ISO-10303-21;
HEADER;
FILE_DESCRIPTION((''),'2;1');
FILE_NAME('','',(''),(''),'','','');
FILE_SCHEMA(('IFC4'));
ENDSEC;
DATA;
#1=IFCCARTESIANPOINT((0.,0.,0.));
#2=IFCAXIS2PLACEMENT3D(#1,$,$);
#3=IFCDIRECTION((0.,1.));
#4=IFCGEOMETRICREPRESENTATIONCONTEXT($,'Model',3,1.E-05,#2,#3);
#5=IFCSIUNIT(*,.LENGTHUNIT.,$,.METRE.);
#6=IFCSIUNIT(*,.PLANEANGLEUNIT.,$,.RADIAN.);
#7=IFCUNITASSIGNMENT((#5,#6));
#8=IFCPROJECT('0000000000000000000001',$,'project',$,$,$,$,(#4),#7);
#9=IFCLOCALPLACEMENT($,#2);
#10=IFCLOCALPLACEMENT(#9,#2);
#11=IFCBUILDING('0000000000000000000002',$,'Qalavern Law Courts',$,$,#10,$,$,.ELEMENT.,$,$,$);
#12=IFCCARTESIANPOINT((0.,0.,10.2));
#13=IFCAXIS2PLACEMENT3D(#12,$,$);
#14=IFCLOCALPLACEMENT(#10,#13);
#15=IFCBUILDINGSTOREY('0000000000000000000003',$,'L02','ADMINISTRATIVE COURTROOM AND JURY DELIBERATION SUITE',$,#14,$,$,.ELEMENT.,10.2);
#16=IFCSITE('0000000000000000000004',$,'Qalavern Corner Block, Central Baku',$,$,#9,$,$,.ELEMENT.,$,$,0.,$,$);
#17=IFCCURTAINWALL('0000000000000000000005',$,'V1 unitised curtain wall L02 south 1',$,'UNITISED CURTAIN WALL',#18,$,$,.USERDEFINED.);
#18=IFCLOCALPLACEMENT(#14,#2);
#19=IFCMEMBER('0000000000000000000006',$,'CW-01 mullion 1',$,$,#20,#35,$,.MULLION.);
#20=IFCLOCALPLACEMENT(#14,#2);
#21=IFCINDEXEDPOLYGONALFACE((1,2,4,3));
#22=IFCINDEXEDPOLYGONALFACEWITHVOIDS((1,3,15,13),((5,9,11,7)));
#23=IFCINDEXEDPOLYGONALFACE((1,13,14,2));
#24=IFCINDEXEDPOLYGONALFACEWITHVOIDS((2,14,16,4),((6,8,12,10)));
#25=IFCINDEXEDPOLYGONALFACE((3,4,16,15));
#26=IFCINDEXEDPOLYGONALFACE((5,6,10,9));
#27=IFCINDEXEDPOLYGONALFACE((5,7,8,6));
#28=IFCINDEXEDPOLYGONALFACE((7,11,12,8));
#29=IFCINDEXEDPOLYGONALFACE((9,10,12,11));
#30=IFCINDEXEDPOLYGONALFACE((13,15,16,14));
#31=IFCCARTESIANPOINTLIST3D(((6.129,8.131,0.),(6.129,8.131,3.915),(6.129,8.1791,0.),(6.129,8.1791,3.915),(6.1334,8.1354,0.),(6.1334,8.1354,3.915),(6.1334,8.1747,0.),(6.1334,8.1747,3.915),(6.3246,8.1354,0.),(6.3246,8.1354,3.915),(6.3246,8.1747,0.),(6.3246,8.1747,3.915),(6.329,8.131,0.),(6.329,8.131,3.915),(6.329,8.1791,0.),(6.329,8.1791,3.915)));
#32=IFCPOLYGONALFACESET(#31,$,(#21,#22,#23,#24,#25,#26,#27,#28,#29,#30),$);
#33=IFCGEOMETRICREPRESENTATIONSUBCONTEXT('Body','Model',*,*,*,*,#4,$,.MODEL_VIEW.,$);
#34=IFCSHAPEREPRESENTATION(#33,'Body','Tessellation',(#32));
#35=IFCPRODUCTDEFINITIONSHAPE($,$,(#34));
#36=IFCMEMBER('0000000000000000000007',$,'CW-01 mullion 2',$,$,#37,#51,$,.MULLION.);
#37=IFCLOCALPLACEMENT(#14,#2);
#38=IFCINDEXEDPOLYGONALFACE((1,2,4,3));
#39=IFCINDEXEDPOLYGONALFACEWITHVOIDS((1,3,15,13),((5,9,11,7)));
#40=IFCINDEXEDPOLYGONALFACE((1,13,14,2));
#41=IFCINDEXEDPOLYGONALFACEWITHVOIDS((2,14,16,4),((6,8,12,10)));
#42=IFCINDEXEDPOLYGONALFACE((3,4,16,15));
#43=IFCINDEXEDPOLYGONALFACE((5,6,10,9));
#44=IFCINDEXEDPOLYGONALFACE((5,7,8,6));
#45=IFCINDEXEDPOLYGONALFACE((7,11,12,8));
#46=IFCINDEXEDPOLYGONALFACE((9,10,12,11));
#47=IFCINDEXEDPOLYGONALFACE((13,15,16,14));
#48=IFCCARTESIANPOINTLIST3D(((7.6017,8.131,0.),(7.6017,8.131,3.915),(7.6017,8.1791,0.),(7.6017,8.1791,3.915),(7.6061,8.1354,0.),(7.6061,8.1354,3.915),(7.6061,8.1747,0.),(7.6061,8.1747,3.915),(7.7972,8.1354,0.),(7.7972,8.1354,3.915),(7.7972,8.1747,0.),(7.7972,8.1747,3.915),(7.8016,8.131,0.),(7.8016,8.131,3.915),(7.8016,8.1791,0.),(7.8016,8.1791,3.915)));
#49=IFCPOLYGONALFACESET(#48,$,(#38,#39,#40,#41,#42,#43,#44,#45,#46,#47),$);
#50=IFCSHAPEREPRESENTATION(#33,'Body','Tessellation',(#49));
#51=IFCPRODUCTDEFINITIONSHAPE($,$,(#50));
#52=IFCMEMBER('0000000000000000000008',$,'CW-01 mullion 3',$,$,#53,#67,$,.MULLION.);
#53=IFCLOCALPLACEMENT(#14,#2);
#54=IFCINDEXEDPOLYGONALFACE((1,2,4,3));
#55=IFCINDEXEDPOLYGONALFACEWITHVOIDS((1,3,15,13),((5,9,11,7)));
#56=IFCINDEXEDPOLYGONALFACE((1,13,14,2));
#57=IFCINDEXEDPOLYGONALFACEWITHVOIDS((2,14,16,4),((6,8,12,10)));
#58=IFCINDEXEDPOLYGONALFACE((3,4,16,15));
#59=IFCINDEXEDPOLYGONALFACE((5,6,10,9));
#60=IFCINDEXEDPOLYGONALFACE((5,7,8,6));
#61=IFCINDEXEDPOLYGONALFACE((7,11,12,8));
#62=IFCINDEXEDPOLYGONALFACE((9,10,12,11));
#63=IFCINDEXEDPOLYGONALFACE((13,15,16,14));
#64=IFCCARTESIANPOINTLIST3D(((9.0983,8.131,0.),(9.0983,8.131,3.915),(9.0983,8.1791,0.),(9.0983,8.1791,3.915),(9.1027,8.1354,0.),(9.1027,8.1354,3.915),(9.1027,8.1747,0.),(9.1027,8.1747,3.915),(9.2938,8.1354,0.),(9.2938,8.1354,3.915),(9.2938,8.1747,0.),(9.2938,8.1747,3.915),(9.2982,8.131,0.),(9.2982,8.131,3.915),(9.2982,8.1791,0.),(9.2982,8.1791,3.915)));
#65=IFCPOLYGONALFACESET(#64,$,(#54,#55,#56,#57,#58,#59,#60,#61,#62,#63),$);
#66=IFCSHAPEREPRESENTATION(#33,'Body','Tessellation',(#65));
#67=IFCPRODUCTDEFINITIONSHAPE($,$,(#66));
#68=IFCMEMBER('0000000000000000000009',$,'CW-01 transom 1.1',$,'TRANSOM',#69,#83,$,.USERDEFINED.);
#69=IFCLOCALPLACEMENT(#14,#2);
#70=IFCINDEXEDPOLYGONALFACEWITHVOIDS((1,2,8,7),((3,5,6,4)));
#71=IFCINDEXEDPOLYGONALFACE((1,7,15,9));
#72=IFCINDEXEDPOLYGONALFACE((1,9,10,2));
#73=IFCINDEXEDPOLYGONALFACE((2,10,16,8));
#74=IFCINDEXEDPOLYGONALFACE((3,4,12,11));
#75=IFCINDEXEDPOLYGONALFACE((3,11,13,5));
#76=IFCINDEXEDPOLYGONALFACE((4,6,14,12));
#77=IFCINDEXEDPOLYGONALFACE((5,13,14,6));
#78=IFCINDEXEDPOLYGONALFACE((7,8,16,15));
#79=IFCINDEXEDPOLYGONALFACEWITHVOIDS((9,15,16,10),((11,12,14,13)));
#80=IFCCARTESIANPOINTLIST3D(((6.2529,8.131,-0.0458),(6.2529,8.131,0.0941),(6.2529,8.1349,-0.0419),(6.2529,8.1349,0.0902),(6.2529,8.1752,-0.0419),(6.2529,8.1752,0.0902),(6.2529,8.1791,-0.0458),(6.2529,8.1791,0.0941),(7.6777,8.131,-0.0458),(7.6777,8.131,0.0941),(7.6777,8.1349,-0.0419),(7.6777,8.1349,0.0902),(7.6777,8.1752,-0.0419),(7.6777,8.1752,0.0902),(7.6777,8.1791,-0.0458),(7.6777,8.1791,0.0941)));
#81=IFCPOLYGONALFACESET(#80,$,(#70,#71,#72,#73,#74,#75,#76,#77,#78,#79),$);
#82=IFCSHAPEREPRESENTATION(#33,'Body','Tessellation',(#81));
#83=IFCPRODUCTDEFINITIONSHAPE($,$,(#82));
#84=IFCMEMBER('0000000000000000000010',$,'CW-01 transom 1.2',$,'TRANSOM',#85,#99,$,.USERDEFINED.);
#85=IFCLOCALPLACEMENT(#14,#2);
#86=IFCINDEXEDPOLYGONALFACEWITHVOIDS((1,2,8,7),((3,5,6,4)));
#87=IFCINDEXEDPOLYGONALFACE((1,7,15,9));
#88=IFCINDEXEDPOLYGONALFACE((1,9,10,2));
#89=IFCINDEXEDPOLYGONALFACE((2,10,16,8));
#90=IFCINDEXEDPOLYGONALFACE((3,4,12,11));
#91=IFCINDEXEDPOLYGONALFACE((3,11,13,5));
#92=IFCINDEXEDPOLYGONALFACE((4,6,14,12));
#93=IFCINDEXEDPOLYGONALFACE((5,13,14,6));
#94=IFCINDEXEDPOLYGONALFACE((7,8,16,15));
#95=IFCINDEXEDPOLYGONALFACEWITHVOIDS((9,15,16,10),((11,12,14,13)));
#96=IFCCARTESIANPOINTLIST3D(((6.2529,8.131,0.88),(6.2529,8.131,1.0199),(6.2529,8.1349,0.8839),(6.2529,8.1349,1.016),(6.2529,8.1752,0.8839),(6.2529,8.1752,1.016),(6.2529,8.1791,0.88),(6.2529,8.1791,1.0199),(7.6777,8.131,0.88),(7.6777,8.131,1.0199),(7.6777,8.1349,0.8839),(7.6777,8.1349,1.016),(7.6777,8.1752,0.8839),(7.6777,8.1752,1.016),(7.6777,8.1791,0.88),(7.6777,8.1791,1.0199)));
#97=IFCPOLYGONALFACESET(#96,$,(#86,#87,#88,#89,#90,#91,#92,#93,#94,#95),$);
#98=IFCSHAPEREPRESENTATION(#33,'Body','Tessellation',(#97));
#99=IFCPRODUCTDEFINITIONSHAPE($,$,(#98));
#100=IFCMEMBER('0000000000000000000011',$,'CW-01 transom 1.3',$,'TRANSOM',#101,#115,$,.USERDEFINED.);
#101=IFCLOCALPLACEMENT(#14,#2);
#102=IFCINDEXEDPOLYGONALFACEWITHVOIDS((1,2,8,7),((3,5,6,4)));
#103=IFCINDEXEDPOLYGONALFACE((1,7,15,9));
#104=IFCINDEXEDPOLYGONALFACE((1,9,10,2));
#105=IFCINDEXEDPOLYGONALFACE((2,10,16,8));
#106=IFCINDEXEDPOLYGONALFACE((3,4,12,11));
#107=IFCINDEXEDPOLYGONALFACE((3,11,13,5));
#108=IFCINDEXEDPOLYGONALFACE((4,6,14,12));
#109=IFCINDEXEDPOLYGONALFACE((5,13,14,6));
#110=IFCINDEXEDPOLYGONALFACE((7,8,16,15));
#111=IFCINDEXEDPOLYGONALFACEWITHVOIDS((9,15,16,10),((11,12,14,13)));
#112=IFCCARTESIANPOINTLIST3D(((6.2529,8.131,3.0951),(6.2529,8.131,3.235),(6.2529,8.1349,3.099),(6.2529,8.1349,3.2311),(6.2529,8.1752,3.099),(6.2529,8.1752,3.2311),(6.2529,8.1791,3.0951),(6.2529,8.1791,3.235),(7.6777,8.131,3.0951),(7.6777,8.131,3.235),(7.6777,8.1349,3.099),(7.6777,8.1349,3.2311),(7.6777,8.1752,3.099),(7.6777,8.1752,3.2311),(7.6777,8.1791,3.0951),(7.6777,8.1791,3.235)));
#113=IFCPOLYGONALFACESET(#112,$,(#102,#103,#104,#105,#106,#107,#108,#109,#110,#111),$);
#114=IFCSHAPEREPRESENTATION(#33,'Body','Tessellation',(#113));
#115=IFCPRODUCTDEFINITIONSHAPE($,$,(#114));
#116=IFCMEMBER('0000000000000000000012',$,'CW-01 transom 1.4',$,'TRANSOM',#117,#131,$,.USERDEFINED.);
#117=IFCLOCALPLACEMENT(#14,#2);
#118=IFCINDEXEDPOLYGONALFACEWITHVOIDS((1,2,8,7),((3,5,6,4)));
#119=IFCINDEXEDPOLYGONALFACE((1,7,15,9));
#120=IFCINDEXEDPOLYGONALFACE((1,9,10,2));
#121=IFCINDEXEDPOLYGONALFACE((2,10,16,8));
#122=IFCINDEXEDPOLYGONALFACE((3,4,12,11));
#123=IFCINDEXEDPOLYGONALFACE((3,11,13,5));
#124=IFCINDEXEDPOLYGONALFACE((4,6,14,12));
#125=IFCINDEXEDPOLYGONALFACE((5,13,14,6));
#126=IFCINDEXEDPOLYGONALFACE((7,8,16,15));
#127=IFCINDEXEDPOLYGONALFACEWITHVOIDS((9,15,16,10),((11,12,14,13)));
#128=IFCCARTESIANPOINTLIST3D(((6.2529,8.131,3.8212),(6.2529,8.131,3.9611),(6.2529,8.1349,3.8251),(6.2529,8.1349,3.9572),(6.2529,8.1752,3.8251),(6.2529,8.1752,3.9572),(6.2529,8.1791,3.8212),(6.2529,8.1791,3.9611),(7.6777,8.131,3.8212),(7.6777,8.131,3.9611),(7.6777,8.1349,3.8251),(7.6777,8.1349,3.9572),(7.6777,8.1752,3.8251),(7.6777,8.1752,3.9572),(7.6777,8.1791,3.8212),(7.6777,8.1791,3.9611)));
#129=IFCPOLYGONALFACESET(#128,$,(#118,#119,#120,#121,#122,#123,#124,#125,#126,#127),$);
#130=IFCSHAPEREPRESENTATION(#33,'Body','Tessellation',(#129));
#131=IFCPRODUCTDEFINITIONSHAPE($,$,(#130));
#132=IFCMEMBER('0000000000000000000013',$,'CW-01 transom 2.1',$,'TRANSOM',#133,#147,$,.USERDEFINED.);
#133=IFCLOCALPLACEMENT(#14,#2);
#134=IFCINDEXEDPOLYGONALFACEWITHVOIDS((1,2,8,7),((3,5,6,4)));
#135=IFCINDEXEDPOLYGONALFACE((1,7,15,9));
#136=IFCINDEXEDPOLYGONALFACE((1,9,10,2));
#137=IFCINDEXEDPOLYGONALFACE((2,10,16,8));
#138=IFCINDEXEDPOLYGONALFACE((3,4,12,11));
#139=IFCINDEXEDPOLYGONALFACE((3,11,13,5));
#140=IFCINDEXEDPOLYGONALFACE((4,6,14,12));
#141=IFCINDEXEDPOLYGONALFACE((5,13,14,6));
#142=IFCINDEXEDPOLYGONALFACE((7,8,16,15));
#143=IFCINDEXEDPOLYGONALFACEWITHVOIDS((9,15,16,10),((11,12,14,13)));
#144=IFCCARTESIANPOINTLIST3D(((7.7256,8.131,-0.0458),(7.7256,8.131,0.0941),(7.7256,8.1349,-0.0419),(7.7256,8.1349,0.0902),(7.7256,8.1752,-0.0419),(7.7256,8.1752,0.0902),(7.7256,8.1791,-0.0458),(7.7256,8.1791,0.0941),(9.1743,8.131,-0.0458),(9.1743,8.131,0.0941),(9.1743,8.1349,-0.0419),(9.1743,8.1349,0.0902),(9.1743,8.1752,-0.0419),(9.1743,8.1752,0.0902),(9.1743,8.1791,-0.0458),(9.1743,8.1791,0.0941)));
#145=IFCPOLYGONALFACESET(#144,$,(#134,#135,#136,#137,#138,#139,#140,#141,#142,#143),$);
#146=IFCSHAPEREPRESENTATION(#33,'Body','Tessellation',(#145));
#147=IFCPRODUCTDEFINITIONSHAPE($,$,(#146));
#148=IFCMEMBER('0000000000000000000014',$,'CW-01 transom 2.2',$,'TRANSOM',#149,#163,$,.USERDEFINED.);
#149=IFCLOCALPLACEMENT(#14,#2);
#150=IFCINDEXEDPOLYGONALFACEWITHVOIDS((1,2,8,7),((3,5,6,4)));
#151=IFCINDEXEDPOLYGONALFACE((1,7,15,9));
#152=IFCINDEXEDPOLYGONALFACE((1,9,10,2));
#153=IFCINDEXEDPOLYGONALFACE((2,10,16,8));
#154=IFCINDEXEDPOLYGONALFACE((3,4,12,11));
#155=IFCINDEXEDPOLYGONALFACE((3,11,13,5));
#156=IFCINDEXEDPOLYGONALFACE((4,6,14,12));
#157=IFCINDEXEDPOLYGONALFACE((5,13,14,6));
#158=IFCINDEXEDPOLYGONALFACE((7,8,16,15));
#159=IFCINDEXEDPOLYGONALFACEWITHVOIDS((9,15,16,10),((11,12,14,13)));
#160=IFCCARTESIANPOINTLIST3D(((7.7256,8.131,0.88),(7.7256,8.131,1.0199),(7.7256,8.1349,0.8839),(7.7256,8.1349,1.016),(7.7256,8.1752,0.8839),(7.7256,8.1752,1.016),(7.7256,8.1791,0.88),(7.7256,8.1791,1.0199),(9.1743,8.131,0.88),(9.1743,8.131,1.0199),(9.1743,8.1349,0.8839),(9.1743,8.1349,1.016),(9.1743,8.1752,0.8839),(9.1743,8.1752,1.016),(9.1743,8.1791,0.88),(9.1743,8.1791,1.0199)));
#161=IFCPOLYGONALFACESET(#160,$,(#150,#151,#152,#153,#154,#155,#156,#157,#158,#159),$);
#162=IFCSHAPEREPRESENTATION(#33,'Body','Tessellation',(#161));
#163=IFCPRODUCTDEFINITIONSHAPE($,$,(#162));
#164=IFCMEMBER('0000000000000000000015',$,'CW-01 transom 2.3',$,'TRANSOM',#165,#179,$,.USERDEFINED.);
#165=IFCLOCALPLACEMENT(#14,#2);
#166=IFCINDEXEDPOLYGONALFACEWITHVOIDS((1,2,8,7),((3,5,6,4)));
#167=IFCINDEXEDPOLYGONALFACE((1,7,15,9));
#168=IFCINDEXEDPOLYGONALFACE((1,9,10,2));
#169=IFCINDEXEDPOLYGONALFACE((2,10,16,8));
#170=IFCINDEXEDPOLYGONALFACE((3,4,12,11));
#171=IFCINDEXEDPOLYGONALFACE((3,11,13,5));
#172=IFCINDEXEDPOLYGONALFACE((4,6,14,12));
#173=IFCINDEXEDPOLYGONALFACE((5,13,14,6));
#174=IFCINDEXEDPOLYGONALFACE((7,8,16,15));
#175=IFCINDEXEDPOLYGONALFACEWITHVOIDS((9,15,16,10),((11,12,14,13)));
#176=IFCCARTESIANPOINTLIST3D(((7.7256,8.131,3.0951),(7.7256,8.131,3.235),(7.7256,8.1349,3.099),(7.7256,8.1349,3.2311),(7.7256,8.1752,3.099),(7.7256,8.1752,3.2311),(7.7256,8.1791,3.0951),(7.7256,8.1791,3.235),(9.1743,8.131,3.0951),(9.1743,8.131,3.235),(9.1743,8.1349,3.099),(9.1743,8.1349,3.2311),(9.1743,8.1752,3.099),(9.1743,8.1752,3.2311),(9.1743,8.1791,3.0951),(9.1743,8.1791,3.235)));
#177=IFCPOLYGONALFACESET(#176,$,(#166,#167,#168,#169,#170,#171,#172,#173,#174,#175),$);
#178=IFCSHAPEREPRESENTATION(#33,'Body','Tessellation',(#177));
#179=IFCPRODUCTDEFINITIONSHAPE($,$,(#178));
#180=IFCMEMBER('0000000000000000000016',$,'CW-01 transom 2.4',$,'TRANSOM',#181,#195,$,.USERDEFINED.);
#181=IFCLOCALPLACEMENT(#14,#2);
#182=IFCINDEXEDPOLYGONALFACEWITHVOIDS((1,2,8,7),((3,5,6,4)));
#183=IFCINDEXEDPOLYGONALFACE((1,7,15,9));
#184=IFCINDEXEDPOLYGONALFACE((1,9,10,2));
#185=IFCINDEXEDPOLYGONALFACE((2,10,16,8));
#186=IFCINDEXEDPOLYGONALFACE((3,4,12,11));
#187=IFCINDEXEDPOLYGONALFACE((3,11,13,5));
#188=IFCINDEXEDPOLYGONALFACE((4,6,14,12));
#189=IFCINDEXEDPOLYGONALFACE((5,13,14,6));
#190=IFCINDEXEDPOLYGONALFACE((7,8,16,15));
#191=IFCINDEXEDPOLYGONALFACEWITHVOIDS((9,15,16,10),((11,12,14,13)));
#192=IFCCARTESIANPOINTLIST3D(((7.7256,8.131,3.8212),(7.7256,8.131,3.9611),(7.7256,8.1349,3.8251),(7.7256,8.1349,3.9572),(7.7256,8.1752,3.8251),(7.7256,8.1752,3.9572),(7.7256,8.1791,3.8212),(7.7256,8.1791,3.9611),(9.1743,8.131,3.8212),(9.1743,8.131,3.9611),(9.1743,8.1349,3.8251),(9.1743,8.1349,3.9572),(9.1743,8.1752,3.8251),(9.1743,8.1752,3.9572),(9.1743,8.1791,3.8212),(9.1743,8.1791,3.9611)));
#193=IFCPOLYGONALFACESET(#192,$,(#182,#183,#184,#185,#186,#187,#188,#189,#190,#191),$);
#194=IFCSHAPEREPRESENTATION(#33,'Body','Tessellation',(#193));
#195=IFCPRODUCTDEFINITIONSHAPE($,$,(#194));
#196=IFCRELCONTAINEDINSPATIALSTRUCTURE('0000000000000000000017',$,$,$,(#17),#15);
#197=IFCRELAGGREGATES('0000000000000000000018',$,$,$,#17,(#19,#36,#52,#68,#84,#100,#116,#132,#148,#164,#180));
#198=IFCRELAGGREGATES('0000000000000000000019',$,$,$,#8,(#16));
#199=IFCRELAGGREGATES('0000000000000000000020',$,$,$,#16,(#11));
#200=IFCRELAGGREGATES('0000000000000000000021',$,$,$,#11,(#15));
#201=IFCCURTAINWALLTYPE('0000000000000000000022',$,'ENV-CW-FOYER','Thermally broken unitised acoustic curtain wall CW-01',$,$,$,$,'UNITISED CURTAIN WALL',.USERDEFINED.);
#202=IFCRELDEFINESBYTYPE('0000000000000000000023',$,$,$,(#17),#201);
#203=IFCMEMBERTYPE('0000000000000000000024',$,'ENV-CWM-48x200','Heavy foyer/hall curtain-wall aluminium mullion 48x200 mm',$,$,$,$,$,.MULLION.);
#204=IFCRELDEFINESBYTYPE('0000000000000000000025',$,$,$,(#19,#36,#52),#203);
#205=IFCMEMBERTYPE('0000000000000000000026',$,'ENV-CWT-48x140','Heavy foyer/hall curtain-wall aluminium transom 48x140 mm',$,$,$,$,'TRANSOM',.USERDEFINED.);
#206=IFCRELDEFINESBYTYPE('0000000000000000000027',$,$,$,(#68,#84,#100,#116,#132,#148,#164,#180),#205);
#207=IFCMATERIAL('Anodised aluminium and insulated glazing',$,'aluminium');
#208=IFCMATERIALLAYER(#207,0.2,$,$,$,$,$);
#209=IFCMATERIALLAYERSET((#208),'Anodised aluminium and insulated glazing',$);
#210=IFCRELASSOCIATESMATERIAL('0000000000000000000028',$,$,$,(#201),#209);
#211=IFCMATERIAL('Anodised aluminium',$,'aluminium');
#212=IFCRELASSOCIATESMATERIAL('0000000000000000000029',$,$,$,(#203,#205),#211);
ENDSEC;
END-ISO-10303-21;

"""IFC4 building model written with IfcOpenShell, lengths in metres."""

from ifc_helpers import new_model, si_unit, direction, frame, origin, origin_2d, place, context, subcontext, project, spatial, hollow_rectangle, extrude, material, layer, layer_set, material_profile, profile_set, type_object, element, aggregate, save


model = new_model("IFC4")

# Units and contexts
model_context = context("Model", 3, precision=1e-05, world=origin(), true_north=direction((0.0, 1.0)))
body_context = subcontext(model_context, "Body", "Model", "MODEL_VIEW")
ifc_project = project(units=[si_unit("LENGTHUNIT", "METRE"), si_unit("PLANEANGLEUNIT", "RADIAN")], contexts=[model_context])

# Site, building, storey
site_placement = place(None, origin())
site = spatial("IfcSite", under=ifc_project, at=site_placement, Name="Qalavern Corner Block, Central Baku", CompositionType="ELEMENT", RefElevation=0.0)
building_placement = place(site_placement, origin())
building = spatial("IfcBuilding", under=site, at=building_placement, Name="Qalavern Law Courts", CompositionType="ELEMENT")
storey_placement = place(building_placement, frame((0.0, 0.0, 10.2)))
storey = spatial("IfcBuildingStorey", under=building, at=storey_placement, Name="L02", Description="ADMINISTRATIVE COURTROOM AND JURY DELIBERATION SUITE", CompositionType="ELEMENT", Elevation=10.2)

# Curtain wall, members
ifc_material_1 = material(Name="Anodised aluminium and insulated glazing", Category="aluminium")
ifc_layer_1 = layer(ifc_material_1, 0.2)
ifc_layer_set_1 = layer_set([ifc_layer_1], Name="Anodised aluminium and insulated glazing")
curtain_wall_type = type_object("IfcCurtainWallType", Name="ENV-CW-FOYER", Description="Thermally broken unitised acoustic curtain wall CW-01", ElementType="UNITISED CURTAIN WALL", PredefinedType="USERDEFINED", material=ifc_layer_set_1)
curtain_wall_placement = place(storey_placement, origin())
curtain_wall = element("IfcCurtainWall", 1, at=curtain_wall_placement, inside=storey, type_object=curtain_wall_type, Name="V1 unitised curtain wall L02 south 1", ObjectType="UNITISED CURTAIN WALL", PredefinedType="USERDEFINED")
ifc_material_2 = material(Name="Anodised aluminium", Category="aluminium")
ifc_material_profile_1 = material_profile(ifc_material_2, hollow_rectangle(XDim=0.0481, YDim=0.2, WallThickness=0.0044, at=origin_2d()), Name="ALU MULLION 48x200")
ifc_profile_set_1 = profile_set([ifc_material_profile_1], Name="Anodised aluminium")
member_type_1 = type_object("IfcMemberType", Name="ENV-CWM-48x200", Description="Heavy foyer/hall curtain-wall aluminium mullion 48x200 mm", PredefinedType="MULLION", material=ifc_profile_set_1)
member_1_placement = place(storey_placement, frame((6.229, 8.155, 0.0), z_axis=(0.0, 0.0, 1.0), x_axis=(0.0, 1.0, 0.0)))
member_1 = element("IfcMember", 2, at=member_1_placement, type_object=member_type_1, Name="CW-01 mullion 1", PredefinedType="MULLION", context=body_context, shape_type="SweptSolid", body=[
    extrude(hollow_rectangle(XDim=0.0481, YDim=0.2, WallThickness=0.0044, at=origin_2d()), origin(), (0.0, 0.0, 1.0), 3.915),
])
member_2_placement = place(storey_placement, frame((7.7017, 8.155, 0.0), z_axis=(0.0, 0.0, 1.0), x_axis=(0.0, 1.0, 0.0)))
member_2 = element("IfcMember", 3, at=member_2_placement, type_object=member_type_1, Name="CW-01 mullion 2", PredefinedType="MULLION", context=body_context, shape_type="SweptSolid", body=[
    extrude(hollow_rectangle(XDim=0.0481, YDim=0.2, WallThickness=0.0044, at=origin_2d()), origin(), (0.0, 0.0, 1.0), 3.915),
])
member_3_placement = place(storey_placement, frame((9.1982, 8.155, 0.0), z_axis=(0.0, 0.0, 1.0), x_axis=(0.0, 1.0, 0.0)))
member_3 = element("IfcMember", 4, at=member_3_placement, type_object=member_type_1, Name="CW-01 mullion 3", PredefinedType="MULLION", context=body_context, shape_type="SweptSolid", body=[
    extrude(hollow_rectangle(XDim=0.0481, YDim=0.2, WallThickness=0.0044, at=origin_2d()), origin(), (0.0, 0.0, 1.0), 3.915),
])
ifc_material_profile_2 = material_profile(ifc_material_2, hollow_rectangle(XDim=0.0481, YDim=0.1399, WallThickness=0.0039, at=origin_2d()), Name="ALU TRANSOM 48x140")
ifc_profile_set_2 = profile_set([ifc_material_profile_2], Name="Anodised aluminium")
member_type_2 = type_object("IfcMemberType", Name="ENV-CWT-48x140", Description="Heavy foyer/hall curtain-wall aluminium transom 48x140 mm", ElementType="TRANSOM", PredefinedType="USERDEFINED", material=ifc_profile_set_2)
member_4_placement = place(storey_placement, frame((6.2529, 8.155, 0.0242), z_axis=(1.0, 0.0, 0.0), x_axis=(0.0, 1.0, 0.0)))
member_4 = element("IfcMember", 5, at=member_4_placement, type_object=member_type_2, Name="CW-01 transom 1.1", ObjectType="TRANSOM", PredefinedType="USERDEFINED", context=body_context, shape_type="SweptSolid", body=[
    extrude(hollow_rectangle(XDim=0.0481, YDim=0.1399, WallThickness=0.0039, at=origin_2d()), origin(), (0.0, 0.0, 1.0), 1.4248),
])
member_5_placement = place(storey_placement, frame((6.2529, 8.155, 0.95), z_axis=(1.0, 0.0, 0.0), x_axis=(0.0, 1.0, 0.0)))
member_5 = element("IfcMember", 6, at=member_5_placement, type_object=member_type_2, Name="CW-01 transom 1.2", ObjectType="TRANSOM", PredefinedType="USERDEFINED", context=body_context, shape_type="SweptSolid", body=[
    extrude(hollow_rectangle(XDim=0.0481, YDim=0.1399, WallThickness=0.0039, at=origin_2d()), origin(), (0.0, 0.0, 1.0), 1.4248),
])
member_6_placement = place(storey_placement, frame((6.2529, 8.155, 3.165), z_axis=(1.0, 0.0, 0.0), x_axis=(0.0, 1.0, 0.0)))
member_6 = element("IfcMember", 7, at=member_6_placement, type_object=member_type_2, Name="CW-01 transom 1.3", ObjectType="TRANSOM", PredefinedType="USERDEFINED", context=body_context, shape_type="SweptSolid", body=[
    extrude(hollow_rectangle(XDim=0.0481, YDim=0.1399, WallThickness=0.0039, at=origin_2d()), origin(), (0.0, 0.0, 1.0), 1.4248),
])
member_7_placement = place(storey_placement, frame((6.2529, 8.155, 3.8911), z_axis=(1.0, 0.0, 0.0), x_axis=(0.0, 1.0, 0.0)))
member_7 = element("IfcMember", 8, at=member_7_placement, type_object=member_type_2, Name="CW-01 transom 1.4", ObjectType="TRANSOM", PredefinedType="USERDEFINED", context=body_context, shape_type="SweptSolid", body=[
    extrude(hollow_rectangle(XDim=0.0481, YDim=0.1399, WallThickness=0.0039, at=origin_2d()), origin(), (0.0, 0.0, 1.0), 1.4248),
])
member_8_placement = place(storey_placement, frame((7.7256, 8.155, 0.0242), z_axis=(1.0, 0.0, 0.0), x_axis=(0.0, 1.0, 0.0)))
member_8 = element("IfcMember", 9, at=member_8_placement, type_object=member_type_2, Name="CW-01 transom 2.1", ObjectType="TRANSOM", PredefinedType="USERDEFINED", context=body_context, shape_type="SweptSolid", body=[
    extrude(hollow_rectangle(XDim=0.0481, YDim=0.1399, WallThickness=0.0039, at=origin_2d()), origin(), (0.0, 0.0, 1.0), 1.4487),
])
member_9_placement = place(storey_placement, frame((7.7256, 8.155, 0.95), z_axis=(1.0, 0.0, 0.0), x_axis=(0.0, 1.0, 0.0)))
member_9 = element("IfcMember", 10, at=member_9_placement, type_object=member_type_2, Name="CW-01 transom 2.2", ObjectType="TRANSOM", PredefinedType="USERDEFINED", context=body_context, shape_type="SweptSolid", body=[
    extrude(hollow_rectangle(XDim=0.0481, YDim=0.1399, WallThickness=0.0039, at=origin_2d()), origin(), (0.0, 0.0, 1.0), 1.4487),
])
member_10_placement = place(storey_placement, frame((7.7256, 8.155, 3.165), z_axis=(1.0, 0.0, 0.0), x_axis=(0.0, 1.0, 0.0)))
member_10 = element("IfcMember", 11, at=member_10_placement, type_object=member_type_2, Name="CW-01 transom 2.3", ObjectType="TRANSOM", PredefinedType="USERDEFINED", context=body_context, shape_type="SweptSolid", body=[
    extrude(hollow_rectangle(XDim=0.0481, YDim=0.1399, WallThickness=0.0039, at=origin_2d()), origin(), (0.0, 0.0, 1.0), 1.4487),
])
member_11_placement = place(storey_placement, frame((7.7256, 8.155, 3.8911), z_axis=(1.0, 0.0, 0.0), x_axis=(0.0, 1.0, 0.0)))
member_11 = element("IfcMember", 12, at=member_11_placement, type_object=member_type_2, Name="CW-01 transom 2.4", ObjectType="TRANSOM", PredefinedType="USERDEFINED", context=body_context, shape_type="SweptSolid", body=[
    extrude(hollow_rectangle(XDim=0.0481, YDim=0.1399, WallThickness=0.0039, at=origin_2d()), origin(), (0.0, 0.0, 1.0), 1.4487),
])

aggregate(curtain_wall, [member_1, member_2, member_3, member_4, member_5, member_6, member_7, member_8, member_9, member_10, member_11])

save(model, "model.ifc")
